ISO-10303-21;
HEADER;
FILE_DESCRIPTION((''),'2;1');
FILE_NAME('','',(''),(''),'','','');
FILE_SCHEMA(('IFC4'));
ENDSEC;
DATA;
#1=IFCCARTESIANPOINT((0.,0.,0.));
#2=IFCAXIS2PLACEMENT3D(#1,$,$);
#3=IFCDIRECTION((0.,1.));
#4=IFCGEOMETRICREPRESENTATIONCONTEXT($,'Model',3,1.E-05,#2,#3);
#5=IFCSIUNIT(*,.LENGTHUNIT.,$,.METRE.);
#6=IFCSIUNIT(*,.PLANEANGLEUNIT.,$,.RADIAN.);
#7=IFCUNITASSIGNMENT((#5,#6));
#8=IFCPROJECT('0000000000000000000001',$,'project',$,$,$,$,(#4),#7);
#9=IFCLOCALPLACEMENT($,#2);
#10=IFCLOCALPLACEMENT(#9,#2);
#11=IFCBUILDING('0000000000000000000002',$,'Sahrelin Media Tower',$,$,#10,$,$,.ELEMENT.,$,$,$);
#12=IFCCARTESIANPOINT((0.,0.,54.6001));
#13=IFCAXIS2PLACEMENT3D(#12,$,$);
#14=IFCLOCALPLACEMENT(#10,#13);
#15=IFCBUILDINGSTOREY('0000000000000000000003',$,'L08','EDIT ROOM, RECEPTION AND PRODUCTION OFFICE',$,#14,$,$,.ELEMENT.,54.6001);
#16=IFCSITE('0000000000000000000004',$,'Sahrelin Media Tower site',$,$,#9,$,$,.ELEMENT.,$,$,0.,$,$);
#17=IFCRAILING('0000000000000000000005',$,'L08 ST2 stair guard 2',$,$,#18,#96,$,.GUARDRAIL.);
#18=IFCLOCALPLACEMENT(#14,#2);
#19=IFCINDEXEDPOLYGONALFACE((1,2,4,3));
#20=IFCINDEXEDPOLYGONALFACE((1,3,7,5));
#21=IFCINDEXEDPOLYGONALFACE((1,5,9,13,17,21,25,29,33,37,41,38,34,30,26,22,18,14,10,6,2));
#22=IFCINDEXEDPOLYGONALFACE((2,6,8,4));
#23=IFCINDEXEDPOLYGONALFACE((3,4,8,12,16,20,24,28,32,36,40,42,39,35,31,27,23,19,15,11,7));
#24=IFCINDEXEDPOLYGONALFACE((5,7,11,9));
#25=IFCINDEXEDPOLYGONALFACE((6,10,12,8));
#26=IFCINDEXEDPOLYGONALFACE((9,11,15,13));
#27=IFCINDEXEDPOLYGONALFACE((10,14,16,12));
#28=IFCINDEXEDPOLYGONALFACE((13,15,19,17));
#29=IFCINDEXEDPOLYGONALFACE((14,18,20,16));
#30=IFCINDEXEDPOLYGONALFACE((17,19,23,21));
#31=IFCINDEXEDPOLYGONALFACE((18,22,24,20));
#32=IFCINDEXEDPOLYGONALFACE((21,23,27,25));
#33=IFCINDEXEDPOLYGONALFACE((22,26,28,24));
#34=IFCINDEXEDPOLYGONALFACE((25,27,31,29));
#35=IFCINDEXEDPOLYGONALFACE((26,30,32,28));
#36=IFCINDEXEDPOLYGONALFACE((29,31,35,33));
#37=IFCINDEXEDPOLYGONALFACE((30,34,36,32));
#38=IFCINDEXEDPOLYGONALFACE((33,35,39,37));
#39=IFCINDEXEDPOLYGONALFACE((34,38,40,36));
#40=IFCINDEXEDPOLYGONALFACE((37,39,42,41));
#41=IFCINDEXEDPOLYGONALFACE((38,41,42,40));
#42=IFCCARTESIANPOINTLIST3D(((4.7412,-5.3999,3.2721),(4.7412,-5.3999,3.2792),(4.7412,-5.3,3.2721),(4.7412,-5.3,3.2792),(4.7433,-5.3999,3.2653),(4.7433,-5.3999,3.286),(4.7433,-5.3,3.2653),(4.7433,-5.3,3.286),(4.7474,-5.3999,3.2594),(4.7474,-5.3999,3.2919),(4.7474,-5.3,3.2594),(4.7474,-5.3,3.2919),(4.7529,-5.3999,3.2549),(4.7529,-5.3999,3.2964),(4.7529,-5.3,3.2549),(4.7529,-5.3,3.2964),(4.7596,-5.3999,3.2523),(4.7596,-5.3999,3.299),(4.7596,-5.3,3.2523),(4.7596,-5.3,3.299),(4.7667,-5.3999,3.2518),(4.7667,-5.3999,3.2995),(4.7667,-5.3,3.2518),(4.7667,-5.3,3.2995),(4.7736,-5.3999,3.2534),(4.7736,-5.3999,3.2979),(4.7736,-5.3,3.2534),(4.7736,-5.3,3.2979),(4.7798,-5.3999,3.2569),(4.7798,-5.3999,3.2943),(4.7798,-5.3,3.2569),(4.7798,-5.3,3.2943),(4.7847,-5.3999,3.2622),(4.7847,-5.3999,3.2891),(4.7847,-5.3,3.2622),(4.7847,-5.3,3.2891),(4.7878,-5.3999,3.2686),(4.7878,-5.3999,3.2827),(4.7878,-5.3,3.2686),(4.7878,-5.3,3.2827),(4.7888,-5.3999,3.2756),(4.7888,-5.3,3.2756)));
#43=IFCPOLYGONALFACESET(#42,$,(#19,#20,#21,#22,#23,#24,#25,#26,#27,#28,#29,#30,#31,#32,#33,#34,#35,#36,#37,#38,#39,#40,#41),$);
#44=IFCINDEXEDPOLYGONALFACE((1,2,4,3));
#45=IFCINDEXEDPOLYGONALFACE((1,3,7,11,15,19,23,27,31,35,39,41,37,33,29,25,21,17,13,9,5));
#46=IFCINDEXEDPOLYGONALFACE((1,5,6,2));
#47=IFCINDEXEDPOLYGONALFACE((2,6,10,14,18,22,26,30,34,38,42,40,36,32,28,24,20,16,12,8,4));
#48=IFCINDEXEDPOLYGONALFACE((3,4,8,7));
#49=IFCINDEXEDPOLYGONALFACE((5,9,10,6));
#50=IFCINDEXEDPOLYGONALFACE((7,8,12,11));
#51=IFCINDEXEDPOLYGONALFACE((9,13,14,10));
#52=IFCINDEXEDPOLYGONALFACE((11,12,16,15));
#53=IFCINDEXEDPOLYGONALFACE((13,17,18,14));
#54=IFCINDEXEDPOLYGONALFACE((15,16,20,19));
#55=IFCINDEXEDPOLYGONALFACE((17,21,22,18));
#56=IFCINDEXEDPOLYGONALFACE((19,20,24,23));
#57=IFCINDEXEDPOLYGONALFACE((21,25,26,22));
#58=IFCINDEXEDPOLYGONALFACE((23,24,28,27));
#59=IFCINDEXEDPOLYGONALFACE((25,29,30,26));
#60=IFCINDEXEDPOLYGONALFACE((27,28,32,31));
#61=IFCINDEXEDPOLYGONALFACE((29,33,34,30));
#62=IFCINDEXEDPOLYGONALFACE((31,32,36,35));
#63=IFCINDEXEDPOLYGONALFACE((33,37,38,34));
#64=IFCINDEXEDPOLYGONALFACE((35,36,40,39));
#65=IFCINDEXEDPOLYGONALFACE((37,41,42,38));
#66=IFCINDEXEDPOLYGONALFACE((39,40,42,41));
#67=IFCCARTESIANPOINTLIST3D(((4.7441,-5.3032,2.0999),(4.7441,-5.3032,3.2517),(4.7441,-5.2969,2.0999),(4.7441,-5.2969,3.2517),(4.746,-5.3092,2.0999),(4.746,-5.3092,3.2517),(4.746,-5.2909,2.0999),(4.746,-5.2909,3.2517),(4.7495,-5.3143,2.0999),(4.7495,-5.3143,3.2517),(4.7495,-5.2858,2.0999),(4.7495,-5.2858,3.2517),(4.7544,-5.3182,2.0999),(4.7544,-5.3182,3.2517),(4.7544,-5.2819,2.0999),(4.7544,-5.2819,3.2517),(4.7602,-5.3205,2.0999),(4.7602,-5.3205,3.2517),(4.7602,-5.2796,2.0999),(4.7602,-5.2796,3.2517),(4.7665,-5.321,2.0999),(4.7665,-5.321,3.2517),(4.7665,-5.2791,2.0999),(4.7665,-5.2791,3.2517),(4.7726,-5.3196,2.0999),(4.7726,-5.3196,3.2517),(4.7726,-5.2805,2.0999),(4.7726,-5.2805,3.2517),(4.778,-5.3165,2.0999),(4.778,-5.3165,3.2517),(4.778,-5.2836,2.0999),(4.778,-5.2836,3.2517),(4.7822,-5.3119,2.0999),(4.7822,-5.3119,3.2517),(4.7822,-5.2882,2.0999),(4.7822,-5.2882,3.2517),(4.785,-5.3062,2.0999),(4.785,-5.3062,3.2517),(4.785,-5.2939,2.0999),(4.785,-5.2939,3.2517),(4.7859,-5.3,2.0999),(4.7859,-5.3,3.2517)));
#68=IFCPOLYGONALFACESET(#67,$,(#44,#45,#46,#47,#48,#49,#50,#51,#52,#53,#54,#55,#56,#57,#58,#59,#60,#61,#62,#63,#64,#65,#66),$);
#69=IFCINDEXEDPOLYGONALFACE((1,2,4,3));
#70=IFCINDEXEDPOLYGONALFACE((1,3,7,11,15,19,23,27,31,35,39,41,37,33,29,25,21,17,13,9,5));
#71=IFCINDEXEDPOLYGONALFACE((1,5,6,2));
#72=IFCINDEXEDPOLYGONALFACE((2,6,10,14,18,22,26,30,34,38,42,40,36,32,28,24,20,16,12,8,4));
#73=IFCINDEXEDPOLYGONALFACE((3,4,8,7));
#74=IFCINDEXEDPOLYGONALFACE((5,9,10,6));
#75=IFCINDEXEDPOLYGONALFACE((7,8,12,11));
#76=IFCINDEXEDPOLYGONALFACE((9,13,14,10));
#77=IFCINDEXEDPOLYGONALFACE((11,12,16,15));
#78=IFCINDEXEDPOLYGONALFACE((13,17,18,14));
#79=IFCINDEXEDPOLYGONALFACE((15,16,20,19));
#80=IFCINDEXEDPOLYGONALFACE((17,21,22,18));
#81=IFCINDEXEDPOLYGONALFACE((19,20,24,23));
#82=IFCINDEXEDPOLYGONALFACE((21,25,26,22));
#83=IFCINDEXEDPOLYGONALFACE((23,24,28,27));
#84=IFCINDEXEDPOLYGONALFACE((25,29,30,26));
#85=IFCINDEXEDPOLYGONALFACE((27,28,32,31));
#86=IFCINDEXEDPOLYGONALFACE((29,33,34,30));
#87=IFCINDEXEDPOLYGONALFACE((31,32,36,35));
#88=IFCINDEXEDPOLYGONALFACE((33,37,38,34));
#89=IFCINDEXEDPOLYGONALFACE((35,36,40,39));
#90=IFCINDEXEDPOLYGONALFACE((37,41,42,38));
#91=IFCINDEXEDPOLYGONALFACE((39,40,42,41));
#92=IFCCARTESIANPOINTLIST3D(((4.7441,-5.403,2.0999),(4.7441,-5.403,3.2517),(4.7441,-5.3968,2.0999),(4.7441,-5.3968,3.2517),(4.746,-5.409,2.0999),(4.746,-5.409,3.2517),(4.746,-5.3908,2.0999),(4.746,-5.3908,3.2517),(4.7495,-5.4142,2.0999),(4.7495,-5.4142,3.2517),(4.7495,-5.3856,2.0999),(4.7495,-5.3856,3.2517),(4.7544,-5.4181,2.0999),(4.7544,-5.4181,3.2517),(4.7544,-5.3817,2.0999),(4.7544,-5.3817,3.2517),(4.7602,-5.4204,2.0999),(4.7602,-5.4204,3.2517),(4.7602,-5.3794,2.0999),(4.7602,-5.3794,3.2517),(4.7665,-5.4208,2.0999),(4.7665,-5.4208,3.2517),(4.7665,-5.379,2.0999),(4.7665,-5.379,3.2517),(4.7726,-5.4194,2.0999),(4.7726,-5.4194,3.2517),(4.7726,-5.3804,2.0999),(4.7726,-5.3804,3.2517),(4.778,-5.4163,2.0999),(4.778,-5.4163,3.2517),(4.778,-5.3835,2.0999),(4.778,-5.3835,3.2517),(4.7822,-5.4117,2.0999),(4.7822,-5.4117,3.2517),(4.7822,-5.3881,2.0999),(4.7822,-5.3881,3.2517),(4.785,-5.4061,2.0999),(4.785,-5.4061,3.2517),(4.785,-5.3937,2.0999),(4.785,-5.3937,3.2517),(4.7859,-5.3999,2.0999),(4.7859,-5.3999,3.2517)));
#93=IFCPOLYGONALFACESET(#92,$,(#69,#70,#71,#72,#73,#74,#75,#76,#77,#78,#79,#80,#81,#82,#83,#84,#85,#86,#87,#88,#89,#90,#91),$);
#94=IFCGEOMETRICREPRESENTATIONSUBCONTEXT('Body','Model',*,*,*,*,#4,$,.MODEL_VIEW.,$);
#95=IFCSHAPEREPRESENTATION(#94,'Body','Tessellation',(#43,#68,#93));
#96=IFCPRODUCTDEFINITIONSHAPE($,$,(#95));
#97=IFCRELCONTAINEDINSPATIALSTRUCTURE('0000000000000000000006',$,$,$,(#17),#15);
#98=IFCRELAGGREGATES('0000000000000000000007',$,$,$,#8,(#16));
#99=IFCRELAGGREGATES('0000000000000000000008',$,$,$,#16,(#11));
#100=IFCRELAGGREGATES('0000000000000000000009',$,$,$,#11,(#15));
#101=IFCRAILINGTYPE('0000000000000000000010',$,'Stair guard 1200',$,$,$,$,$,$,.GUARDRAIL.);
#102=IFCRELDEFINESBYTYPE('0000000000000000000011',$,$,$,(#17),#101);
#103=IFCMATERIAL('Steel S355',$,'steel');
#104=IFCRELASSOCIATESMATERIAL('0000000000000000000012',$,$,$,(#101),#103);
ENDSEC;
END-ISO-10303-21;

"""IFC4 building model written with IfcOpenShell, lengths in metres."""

from ifc_helpers import new_model, si_unit, direction, frame, origin, origin_2d, place, context, subcontext, project, spatial, circle, extrude, material, type_object, element, save


model = new_model("IFC4")

# Units and contexts
model_context = context("Model", 3, precision=1e-05, world=origin(), true_north=direction((0.0, 1.0)))
body_context = subcontext(model_context, "Body", "Model", "MODEL_VIEW")
ifc_project = project(units=[si_unit("LENGTHUNIT", "METRE"), si_unit("PLANEANGLEUNIT", "RADIAN")], contexts=[model_context])

# Site, building, storey
site_placement = place(None, origin())
site = spatial("IfcSite", under=ifc_project, at=site_placement, Name="Sahrelin Media Tower site", CompositionType="ELEMENT", RefElevation=0.0)
building_placement = place(site_placement, origin())
building = spatial("IfcBuilding", under=site, at=building_placement, Name="Sahrelin Media Tower", CompositionType="ELEMENT")
storey_placement = place(building_placement, frame((0.0, 0.0, 54.6001)))
storey = spatial("IfcBuildingStorey", under=building, at=storey_placement, Name="L08", Description="EDIT ROOM, RECEPTION AND PRODUCTION OFFICE", CompositionType="ELEMENT", Elevation=54.6001)

# Shared definitions
ifc_material_1 = material(Name="Steel S355", Category="steel")

# Railing
railing_type_1 = type_object("IfcRailingType", Name="Stair guard 1200", PredefinedType="GUARDRAIL", material=ifc_material_1)
railing_1_placement = place(storey_placement, frame((4.7649, -5.3, 2.0999)))
element("IfcRailing", 1, at=railing_1_placement, inside=storey, type_object=railing_type_1, Name="L08 ST2 stair guard 2", PredefinedType="GUARDRAIL", context=body_context, shape_type="SweptSolid", body=[
    extrude(circle(Radius=0.0239, at=origin_2d()), frame((0.0, 0.0, 1.1758), z_axis=(0.0, -1.0, 0.0), x_axis=(1.0, 0.0, 0.0)), (0.0, 0.0, 1.0), 0.0999),
    extrude(circle(Radius=0.021, at=origin_2d()), origin(), (0.0, 0.0, 1.0), 1.1519),
    extrude(circle(Radius=0.021, at=origin_2d()), frame((0.0, -0.0999, 0.0)), (0.0, 0.0, 1.0), 1.1519),
])

save(model, "model.ifc")
